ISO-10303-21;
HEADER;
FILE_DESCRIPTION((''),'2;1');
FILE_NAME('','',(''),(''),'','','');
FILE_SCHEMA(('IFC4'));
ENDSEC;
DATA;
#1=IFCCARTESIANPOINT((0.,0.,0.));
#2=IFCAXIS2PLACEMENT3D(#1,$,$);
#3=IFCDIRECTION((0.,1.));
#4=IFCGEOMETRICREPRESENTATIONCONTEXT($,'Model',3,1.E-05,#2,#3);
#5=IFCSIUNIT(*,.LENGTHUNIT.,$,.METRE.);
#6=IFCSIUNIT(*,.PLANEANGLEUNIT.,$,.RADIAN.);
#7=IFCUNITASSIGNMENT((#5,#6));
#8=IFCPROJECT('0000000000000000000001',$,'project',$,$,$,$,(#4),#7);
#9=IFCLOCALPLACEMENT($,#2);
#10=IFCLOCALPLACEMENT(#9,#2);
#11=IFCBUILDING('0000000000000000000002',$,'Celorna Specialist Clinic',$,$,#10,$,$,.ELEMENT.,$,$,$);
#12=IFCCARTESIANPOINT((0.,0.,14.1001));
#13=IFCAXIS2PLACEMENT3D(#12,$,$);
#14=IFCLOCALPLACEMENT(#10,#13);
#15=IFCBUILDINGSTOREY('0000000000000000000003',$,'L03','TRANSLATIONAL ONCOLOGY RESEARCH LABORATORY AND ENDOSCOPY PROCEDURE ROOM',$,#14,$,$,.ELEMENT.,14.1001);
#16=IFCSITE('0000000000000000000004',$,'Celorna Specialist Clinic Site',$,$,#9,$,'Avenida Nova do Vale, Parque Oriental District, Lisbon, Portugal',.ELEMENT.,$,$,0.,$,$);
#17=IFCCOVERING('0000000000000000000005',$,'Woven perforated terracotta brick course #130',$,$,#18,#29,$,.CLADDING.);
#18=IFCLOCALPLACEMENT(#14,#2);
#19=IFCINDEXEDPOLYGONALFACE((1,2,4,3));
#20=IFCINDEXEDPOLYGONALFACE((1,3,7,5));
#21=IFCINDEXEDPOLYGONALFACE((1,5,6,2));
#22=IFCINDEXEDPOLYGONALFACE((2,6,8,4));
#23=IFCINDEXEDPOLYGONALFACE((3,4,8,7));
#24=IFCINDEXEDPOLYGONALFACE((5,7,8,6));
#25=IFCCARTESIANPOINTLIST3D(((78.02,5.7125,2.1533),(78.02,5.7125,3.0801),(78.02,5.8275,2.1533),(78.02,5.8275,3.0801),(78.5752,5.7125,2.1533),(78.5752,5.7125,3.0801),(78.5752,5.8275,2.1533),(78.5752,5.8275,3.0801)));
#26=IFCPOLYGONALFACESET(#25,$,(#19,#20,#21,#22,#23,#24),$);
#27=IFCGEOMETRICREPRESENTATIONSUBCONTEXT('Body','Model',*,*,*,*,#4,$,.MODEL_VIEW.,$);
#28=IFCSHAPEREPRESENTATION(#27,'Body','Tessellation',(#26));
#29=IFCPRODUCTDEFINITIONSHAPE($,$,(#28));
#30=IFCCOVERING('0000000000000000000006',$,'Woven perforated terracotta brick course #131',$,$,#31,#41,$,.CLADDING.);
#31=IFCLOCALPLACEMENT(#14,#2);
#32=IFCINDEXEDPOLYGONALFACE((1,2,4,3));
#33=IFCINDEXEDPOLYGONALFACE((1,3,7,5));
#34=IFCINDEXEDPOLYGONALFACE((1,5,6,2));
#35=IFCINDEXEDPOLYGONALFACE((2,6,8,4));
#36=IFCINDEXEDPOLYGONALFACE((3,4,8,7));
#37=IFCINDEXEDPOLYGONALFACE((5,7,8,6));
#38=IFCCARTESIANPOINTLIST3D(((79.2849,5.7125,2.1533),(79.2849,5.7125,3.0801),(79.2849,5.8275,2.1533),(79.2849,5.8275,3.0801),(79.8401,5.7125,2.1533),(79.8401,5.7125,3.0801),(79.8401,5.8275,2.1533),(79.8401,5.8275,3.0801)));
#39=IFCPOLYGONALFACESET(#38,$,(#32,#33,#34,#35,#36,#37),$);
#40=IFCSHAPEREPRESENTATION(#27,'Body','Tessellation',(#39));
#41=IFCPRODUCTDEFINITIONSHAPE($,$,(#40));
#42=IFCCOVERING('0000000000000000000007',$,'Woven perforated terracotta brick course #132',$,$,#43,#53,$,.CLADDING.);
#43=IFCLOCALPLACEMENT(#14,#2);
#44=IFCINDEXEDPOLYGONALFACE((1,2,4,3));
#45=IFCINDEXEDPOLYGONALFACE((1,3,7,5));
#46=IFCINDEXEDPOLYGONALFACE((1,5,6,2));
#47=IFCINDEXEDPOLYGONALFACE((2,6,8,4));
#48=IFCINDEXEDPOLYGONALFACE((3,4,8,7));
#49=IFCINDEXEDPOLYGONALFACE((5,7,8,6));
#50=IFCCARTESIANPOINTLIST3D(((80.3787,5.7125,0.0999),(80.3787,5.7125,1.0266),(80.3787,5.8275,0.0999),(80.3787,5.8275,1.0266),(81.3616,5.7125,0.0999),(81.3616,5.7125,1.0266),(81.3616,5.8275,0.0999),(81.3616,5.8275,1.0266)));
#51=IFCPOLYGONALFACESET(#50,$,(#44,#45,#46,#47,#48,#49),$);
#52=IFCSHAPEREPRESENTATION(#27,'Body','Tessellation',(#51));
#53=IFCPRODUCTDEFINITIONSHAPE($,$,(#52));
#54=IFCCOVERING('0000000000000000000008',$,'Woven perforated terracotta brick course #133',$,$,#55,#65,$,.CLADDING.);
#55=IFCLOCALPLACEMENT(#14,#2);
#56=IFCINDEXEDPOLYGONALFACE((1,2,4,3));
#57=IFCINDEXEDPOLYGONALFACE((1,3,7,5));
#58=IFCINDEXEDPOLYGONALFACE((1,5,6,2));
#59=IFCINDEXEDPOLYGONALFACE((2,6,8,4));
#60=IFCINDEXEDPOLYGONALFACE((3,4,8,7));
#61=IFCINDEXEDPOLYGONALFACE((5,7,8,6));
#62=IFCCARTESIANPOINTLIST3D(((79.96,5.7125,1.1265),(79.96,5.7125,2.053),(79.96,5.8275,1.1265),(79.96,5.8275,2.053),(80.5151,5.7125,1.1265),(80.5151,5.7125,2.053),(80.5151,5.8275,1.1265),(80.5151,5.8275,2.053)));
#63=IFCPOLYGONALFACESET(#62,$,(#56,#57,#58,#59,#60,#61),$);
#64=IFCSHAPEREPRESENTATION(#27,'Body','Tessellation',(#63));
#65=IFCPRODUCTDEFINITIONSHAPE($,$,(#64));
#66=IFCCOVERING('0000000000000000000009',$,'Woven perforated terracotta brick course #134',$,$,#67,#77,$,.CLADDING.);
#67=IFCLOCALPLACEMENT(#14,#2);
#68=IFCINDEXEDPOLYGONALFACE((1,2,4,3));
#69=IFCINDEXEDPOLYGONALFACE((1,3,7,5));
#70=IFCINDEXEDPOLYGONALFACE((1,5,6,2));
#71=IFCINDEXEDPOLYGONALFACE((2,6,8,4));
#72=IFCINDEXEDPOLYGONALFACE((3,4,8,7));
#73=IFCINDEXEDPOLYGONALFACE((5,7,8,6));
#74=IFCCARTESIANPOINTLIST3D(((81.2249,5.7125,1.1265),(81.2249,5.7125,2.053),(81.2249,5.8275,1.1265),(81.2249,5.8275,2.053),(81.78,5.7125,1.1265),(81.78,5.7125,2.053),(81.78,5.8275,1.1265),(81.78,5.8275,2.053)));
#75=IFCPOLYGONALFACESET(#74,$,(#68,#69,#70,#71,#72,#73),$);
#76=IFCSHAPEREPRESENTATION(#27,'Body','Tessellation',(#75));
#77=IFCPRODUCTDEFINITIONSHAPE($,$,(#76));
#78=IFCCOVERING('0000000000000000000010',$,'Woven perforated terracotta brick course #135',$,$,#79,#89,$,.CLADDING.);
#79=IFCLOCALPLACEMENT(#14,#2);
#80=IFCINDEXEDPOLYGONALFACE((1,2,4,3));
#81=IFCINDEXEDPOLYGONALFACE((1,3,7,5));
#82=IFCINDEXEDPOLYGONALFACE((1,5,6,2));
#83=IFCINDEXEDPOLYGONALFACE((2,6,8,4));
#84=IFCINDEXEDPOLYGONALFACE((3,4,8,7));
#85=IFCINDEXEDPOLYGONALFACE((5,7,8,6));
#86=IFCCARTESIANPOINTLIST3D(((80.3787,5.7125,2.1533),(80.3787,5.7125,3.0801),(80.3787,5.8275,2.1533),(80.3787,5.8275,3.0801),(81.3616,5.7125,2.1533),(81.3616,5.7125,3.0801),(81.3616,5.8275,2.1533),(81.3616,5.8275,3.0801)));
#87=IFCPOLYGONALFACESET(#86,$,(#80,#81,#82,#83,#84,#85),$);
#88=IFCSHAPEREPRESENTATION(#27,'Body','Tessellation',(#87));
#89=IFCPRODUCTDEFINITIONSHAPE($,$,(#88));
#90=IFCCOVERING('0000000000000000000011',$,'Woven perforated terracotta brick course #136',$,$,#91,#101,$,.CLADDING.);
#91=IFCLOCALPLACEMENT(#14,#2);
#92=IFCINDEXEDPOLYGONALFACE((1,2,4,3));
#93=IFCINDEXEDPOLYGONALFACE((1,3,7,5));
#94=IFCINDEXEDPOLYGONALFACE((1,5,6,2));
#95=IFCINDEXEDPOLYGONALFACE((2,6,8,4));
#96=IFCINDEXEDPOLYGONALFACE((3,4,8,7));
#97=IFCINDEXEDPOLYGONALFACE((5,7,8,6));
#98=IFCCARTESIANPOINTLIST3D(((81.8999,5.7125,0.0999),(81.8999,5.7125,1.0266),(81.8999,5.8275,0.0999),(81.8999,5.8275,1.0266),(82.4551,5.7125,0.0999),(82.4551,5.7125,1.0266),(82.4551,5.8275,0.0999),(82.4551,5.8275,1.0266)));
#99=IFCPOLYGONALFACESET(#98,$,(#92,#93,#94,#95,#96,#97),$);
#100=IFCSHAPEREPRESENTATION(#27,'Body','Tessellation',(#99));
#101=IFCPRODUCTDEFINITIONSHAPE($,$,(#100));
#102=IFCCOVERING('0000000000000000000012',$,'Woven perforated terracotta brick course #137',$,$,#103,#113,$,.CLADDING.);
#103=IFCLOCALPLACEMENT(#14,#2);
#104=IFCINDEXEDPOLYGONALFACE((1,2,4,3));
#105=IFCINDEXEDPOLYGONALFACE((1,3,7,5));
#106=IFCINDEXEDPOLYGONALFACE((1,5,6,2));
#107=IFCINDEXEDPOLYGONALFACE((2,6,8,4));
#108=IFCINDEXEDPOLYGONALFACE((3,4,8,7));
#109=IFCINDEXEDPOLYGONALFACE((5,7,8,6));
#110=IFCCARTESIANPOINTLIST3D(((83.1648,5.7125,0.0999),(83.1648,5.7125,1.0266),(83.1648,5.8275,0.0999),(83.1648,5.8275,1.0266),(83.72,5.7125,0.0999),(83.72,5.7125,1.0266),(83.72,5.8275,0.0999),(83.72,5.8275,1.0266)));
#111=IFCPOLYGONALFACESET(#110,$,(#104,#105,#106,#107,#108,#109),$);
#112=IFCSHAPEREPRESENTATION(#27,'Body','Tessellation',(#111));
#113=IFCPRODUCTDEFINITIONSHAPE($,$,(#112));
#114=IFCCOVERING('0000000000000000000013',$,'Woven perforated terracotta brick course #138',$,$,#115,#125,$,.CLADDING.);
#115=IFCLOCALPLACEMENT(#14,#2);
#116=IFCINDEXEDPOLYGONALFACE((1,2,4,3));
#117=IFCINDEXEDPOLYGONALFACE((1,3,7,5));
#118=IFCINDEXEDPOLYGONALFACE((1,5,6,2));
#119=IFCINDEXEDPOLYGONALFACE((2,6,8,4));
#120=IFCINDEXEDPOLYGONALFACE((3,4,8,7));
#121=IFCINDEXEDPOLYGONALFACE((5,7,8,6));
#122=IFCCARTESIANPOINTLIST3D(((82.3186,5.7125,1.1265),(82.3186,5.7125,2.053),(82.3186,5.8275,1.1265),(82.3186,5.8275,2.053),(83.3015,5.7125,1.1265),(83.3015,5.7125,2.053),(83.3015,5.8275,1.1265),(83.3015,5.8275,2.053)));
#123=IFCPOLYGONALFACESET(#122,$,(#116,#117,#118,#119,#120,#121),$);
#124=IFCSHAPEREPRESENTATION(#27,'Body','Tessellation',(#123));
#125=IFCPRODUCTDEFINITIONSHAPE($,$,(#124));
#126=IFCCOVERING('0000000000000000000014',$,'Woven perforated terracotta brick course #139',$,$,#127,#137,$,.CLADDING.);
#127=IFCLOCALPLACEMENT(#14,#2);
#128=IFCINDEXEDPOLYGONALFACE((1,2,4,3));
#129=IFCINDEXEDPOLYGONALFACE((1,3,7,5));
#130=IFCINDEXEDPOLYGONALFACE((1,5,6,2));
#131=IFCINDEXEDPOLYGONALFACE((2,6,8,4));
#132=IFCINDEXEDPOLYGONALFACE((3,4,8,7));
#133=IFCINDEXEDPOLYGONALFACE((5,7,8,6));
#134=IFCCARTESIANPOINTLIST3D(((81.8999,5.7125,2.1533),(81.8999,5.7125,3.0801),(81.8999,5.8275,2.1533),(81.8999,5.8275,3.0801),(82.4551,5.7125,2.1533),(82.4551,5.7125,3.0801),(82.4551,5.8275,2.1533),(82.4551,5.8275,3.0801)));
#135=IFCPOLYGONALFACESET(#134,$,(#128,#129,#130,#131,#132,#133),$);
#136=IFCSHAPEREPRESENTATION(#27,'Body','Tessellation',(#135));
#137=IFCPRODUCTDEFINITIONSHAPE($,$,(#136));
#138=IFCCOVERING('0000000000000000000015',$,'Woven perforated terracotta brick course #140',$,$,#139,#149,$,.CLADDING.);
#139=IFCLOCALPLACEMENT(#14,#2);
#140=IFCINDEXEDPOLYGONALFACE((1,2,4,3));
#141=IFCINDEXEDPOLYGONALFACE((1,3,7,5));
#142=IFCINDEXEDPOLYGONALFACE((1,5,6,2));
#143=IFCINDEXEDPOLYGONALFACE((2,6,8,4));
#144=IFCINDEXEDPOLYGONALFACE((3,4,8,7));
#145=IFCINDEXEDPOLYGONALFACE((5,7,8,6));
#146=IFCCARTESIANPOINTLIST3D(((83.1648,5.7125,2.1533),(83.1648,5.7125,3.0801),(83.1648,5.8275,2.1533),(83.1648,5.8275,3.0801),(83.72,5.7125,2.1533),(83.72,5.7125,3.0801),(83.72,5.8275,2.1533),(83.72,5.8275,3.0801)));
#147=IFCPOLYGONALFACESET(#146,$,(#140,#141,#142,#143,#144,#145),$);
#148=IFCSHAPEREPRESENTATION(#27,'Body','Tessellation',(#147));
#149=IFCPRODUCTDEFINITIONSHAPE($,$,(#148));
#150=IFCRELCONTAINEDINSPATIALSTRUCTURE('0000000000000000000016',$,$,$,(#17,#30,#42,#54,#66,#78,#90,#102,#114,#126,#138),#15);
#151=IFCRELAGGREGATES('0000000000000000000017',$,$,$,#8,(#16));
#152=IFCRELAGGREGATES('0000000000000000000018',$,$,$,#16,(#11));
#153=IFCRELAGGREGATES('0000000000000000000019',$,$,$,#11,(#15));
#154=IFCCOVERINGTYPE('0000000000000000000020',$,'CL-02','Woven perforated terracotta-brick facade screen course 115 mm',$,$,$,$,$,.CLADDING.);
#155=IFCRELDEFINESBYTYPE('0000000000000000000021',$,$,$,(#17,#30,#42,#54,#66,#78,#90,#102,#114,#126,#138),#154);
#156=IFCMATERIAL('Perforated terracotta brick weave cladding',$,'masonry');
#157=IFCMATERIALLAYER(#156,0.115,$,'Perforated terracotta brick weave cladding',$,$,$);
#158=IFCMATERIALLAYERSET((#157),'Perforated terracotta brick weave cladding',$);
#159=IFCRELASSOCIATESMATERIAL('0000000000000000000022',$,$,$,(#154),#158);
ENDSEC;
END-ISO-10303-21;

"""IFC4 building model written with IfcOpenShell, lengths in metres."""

from ifc_helpers import new_model, si_unit, direction, frame, origin, origin_2d, place, context, subcontext, project, spatial, rectangle, extrude, material, layer, layer_set, type_object, element, save


model = new_model("IFC4")

# Units and contexts
model_context = context("Model", 3, precision=1e-05, world=origin(), true_north=direction((0.0, 1.0)))
body_context = subcontext(model_context, "Body", "Model", "MODEL_VIEW")
ifc_project = project(units=[si_unit("LENGTHUNIT", "METRE"), si_unit("PLANEANGLEUNIT", "RADIAN")], contexts=[model_context])

# Site, building, storey
site_placement = place(None, origin())
site = spatial("IfcSite", under=ifc_project, at=site_placement, Name="Celorna Specialist Clinic Site", LongName="Avenida Nova do Vale, Parque Oriental District, Lisbon, Portugal", CompositionType="ELEMENT", RefElevation=0.0)
building_placement = place(site_placement, origin())
building = spatial("IfcBuilding", under=site, at=building_placement, Name="Celorna Specialist Clinic", CompositionType="ELEMENT")
storey_placement = place(building_placement, frame((0.0, 0.0, 14.1001)))
storey = spatial("IfcBuildingStorey", under=building, at=storey_placement, Name="L03", Description="TRANSLATIONAL ONCOLOGY RESEARCH LABORATORY AND ENDOSCOPY PROCEDURE ROOM", CompositionType="ELEMENT", Elevation=14.1001)

# Coverings
ifc_material_1 = material(Name="Perforated terracotta brick weave cladding", Category="masonry")
ifc_layer_1 = layer(ifc_material_1, 0.115, Name="Perforated terracotta brick weave cladding")
ifc_layer_set_1 = layer_set([ifc_layer_1], Name="Perforated terracotta brick weave cladding")
covering_type = type_object("IfcCoveringType", Name="CL-02", Description="Woven perforated terracotta-brick facade screen course 115 mm", PredefinedType="CLADDING", material=ifc_layer_set_1)
for number, where, z_axis, x_axis, name in (
    (1, (78.2976, 5.77, 2.1533), (0.0, 0.0, 1.0), (1.0, 0.0, 0.0), "Woven perforated terracotta brick course #130"),
    (2, (79.5625, 5.77, 2.1533), (0.0, 0.0, 1.0), (1.0, 0.0, 0.0), "Woven perforated terracotta brick course #131"),
):
    element("IfcCovering", number, at=place(storey_placement, frame(where, z_axis=z_axis, x_axis=x_axis)), inside=storey, type_object=covering_type, Name=name, PredefinedType="CLADDING", context=body_context, shape_type="SweptSolid", body=[
        extrude(rectangle(XDim=0.5552, YDim=0.115, at=origin_2d()), origin(), (0.0, 0.0, 1.0), 0.9268),
    ])
covering_1_placement = place(storey_placement, frame((80.8701, 5.77, 0.0999), z_axis=(0.0, 0.0, 1.0), x_axis=(1.0, 0.0, 0.0)))
element("IfcCovering", 3, at=covering_1_placement, inside=storey, type_object=covering_type, Name="Woven perforated terracotta brick course #132", PredefinedType="CLADDING", context=body_context, shape_type="SweptSolid", body=[
    extrude(rectangle(XDim=0.9829, YDim=0.115, at=origin_2d()), origin(), (0.0, 0.0, 1.0), 0.9268),
])
for number, where, z_axis, x_axis, name in (
    (4, (80.2375, 5.77, 1.1265), (0.0, 0.0, 1.0), (1.0, 0.0, 0.0), "Woven perforated terracotta brick course #133"),
    (5, (81.5024, 5.77, 1.1265), (0.0, 0.0, 1.0), (1.0, 0.0, 0.0), "Woven perforated terracotta brick course #134"),
):
    element("IfcCovering", number, at=place(storey_placement, frame(where, z_axis=z_axis, x_axis=x_axis)), inside=storey, type_object=covering_type, Name=name, PredefinedType="CLADDING", context=body_context, shape_type="SweptSolid", body=[
        extrude(rectangle(XDim=0.5552, YDim=0.115, at=origin_2d()), origin(), (0.0, 0.0, 1.0), 0.9265),
    ])
covering_2_placement = place(storey_placement, frame((80.8701, 5.77, 2.1533), z_axis=(0.0, 0.0, 1.0), x_axis=(1.0, 0.0, 0.0)))
element("IfcCovering", 6, at=covering_2_placement, inside=storey, type_object=covering_type, Name="Woven perforated terracotta brick course #135", PredefinedType="CLADDING", context=body_context, shape_type="SweptSolid", body=[
    extrude(rectangle(XDim=0.9829, YDim=0.115, at=origin_2d()), origin(), (0.0, 0.0, 1.0), 0.9268),
])
for number, where, z_axis, x_axis, name in (
    (7, (82.1775, 5.77, 0.0999), (0.0, 0.0, 1.0), (1.0, 0.0, 0.0), "Woven perforated terracotta brick course #136"),
    (8, (83.4424, 5.77, 0.0999), (0.0, 0.0, 1.0), (1.0, 0.0, 0.0), "Woven perforated terracotta brick course #137"),
):
    element("IfcCovering", number, at=place(storey_placement, frame(where, z_axis=z_axis, x_axis=x_axis)), inside=storey, type_object=covering_type, Name=name, PredefinedType="CLADDING", context=body_context, shape_type="SweptSolid", body=[
        extrude(rectangle(XDim=0.5552, YDim=0.115, at=origin_2d()), origin(), (0.0, 0.0, 1.0), 0.9268),
    ])
covering_3_placement = place(storey_placement, frame((82.8101, 5.77, 1.1265), z_axis=(0.0, 0.0, 1.0), x_axis=(1.0, 0.0, 0.0)))
element("IfcCovering", 9, at=covering_3_placement, inside=storey, type_object=covering_type, Name="Woven perforated terracotta brick course #138", PredefinedType="CLADDING", context=body_context, shape_type="SweptSolid", body=[
    extrude(rectangle(XDim=0.9829, YDim=0.115, at=origin_2d()), origin(), (0.0, 0.0, 1.0), 0.9265),
])
for number, where, z_axis, x_axis, name in (
    (10, (82.1775, 5.77, 2.1533), (0.0, 0.0, 1.0), (1.0, 0.0, 0.0), "Woven perforated terracotta brick course #139"),
    (11, (83.4424, 5.77, 2.1533), (0.0, 0.0, 1.0), (1.0, 0.0, 0.0), "Woven perforated terracotta brick course #140"),
):
    element("IfcCovering", number, at=place(storey_placement, frame(where, z_axis=z_axis, x_axis=x_axis)), inside=storey, type_object=covering_type, Name=name, PredefinedType="CLADDING", context=body_context, shape_type="SweptSolid", body=[
        extrude(rectangle(XDim=0.5552, YDim=0.115, at=origin_2d()), origin(), (0.0, 0.0, 1.0), 0.9268),
    ])

save(model, "model.ifc")
